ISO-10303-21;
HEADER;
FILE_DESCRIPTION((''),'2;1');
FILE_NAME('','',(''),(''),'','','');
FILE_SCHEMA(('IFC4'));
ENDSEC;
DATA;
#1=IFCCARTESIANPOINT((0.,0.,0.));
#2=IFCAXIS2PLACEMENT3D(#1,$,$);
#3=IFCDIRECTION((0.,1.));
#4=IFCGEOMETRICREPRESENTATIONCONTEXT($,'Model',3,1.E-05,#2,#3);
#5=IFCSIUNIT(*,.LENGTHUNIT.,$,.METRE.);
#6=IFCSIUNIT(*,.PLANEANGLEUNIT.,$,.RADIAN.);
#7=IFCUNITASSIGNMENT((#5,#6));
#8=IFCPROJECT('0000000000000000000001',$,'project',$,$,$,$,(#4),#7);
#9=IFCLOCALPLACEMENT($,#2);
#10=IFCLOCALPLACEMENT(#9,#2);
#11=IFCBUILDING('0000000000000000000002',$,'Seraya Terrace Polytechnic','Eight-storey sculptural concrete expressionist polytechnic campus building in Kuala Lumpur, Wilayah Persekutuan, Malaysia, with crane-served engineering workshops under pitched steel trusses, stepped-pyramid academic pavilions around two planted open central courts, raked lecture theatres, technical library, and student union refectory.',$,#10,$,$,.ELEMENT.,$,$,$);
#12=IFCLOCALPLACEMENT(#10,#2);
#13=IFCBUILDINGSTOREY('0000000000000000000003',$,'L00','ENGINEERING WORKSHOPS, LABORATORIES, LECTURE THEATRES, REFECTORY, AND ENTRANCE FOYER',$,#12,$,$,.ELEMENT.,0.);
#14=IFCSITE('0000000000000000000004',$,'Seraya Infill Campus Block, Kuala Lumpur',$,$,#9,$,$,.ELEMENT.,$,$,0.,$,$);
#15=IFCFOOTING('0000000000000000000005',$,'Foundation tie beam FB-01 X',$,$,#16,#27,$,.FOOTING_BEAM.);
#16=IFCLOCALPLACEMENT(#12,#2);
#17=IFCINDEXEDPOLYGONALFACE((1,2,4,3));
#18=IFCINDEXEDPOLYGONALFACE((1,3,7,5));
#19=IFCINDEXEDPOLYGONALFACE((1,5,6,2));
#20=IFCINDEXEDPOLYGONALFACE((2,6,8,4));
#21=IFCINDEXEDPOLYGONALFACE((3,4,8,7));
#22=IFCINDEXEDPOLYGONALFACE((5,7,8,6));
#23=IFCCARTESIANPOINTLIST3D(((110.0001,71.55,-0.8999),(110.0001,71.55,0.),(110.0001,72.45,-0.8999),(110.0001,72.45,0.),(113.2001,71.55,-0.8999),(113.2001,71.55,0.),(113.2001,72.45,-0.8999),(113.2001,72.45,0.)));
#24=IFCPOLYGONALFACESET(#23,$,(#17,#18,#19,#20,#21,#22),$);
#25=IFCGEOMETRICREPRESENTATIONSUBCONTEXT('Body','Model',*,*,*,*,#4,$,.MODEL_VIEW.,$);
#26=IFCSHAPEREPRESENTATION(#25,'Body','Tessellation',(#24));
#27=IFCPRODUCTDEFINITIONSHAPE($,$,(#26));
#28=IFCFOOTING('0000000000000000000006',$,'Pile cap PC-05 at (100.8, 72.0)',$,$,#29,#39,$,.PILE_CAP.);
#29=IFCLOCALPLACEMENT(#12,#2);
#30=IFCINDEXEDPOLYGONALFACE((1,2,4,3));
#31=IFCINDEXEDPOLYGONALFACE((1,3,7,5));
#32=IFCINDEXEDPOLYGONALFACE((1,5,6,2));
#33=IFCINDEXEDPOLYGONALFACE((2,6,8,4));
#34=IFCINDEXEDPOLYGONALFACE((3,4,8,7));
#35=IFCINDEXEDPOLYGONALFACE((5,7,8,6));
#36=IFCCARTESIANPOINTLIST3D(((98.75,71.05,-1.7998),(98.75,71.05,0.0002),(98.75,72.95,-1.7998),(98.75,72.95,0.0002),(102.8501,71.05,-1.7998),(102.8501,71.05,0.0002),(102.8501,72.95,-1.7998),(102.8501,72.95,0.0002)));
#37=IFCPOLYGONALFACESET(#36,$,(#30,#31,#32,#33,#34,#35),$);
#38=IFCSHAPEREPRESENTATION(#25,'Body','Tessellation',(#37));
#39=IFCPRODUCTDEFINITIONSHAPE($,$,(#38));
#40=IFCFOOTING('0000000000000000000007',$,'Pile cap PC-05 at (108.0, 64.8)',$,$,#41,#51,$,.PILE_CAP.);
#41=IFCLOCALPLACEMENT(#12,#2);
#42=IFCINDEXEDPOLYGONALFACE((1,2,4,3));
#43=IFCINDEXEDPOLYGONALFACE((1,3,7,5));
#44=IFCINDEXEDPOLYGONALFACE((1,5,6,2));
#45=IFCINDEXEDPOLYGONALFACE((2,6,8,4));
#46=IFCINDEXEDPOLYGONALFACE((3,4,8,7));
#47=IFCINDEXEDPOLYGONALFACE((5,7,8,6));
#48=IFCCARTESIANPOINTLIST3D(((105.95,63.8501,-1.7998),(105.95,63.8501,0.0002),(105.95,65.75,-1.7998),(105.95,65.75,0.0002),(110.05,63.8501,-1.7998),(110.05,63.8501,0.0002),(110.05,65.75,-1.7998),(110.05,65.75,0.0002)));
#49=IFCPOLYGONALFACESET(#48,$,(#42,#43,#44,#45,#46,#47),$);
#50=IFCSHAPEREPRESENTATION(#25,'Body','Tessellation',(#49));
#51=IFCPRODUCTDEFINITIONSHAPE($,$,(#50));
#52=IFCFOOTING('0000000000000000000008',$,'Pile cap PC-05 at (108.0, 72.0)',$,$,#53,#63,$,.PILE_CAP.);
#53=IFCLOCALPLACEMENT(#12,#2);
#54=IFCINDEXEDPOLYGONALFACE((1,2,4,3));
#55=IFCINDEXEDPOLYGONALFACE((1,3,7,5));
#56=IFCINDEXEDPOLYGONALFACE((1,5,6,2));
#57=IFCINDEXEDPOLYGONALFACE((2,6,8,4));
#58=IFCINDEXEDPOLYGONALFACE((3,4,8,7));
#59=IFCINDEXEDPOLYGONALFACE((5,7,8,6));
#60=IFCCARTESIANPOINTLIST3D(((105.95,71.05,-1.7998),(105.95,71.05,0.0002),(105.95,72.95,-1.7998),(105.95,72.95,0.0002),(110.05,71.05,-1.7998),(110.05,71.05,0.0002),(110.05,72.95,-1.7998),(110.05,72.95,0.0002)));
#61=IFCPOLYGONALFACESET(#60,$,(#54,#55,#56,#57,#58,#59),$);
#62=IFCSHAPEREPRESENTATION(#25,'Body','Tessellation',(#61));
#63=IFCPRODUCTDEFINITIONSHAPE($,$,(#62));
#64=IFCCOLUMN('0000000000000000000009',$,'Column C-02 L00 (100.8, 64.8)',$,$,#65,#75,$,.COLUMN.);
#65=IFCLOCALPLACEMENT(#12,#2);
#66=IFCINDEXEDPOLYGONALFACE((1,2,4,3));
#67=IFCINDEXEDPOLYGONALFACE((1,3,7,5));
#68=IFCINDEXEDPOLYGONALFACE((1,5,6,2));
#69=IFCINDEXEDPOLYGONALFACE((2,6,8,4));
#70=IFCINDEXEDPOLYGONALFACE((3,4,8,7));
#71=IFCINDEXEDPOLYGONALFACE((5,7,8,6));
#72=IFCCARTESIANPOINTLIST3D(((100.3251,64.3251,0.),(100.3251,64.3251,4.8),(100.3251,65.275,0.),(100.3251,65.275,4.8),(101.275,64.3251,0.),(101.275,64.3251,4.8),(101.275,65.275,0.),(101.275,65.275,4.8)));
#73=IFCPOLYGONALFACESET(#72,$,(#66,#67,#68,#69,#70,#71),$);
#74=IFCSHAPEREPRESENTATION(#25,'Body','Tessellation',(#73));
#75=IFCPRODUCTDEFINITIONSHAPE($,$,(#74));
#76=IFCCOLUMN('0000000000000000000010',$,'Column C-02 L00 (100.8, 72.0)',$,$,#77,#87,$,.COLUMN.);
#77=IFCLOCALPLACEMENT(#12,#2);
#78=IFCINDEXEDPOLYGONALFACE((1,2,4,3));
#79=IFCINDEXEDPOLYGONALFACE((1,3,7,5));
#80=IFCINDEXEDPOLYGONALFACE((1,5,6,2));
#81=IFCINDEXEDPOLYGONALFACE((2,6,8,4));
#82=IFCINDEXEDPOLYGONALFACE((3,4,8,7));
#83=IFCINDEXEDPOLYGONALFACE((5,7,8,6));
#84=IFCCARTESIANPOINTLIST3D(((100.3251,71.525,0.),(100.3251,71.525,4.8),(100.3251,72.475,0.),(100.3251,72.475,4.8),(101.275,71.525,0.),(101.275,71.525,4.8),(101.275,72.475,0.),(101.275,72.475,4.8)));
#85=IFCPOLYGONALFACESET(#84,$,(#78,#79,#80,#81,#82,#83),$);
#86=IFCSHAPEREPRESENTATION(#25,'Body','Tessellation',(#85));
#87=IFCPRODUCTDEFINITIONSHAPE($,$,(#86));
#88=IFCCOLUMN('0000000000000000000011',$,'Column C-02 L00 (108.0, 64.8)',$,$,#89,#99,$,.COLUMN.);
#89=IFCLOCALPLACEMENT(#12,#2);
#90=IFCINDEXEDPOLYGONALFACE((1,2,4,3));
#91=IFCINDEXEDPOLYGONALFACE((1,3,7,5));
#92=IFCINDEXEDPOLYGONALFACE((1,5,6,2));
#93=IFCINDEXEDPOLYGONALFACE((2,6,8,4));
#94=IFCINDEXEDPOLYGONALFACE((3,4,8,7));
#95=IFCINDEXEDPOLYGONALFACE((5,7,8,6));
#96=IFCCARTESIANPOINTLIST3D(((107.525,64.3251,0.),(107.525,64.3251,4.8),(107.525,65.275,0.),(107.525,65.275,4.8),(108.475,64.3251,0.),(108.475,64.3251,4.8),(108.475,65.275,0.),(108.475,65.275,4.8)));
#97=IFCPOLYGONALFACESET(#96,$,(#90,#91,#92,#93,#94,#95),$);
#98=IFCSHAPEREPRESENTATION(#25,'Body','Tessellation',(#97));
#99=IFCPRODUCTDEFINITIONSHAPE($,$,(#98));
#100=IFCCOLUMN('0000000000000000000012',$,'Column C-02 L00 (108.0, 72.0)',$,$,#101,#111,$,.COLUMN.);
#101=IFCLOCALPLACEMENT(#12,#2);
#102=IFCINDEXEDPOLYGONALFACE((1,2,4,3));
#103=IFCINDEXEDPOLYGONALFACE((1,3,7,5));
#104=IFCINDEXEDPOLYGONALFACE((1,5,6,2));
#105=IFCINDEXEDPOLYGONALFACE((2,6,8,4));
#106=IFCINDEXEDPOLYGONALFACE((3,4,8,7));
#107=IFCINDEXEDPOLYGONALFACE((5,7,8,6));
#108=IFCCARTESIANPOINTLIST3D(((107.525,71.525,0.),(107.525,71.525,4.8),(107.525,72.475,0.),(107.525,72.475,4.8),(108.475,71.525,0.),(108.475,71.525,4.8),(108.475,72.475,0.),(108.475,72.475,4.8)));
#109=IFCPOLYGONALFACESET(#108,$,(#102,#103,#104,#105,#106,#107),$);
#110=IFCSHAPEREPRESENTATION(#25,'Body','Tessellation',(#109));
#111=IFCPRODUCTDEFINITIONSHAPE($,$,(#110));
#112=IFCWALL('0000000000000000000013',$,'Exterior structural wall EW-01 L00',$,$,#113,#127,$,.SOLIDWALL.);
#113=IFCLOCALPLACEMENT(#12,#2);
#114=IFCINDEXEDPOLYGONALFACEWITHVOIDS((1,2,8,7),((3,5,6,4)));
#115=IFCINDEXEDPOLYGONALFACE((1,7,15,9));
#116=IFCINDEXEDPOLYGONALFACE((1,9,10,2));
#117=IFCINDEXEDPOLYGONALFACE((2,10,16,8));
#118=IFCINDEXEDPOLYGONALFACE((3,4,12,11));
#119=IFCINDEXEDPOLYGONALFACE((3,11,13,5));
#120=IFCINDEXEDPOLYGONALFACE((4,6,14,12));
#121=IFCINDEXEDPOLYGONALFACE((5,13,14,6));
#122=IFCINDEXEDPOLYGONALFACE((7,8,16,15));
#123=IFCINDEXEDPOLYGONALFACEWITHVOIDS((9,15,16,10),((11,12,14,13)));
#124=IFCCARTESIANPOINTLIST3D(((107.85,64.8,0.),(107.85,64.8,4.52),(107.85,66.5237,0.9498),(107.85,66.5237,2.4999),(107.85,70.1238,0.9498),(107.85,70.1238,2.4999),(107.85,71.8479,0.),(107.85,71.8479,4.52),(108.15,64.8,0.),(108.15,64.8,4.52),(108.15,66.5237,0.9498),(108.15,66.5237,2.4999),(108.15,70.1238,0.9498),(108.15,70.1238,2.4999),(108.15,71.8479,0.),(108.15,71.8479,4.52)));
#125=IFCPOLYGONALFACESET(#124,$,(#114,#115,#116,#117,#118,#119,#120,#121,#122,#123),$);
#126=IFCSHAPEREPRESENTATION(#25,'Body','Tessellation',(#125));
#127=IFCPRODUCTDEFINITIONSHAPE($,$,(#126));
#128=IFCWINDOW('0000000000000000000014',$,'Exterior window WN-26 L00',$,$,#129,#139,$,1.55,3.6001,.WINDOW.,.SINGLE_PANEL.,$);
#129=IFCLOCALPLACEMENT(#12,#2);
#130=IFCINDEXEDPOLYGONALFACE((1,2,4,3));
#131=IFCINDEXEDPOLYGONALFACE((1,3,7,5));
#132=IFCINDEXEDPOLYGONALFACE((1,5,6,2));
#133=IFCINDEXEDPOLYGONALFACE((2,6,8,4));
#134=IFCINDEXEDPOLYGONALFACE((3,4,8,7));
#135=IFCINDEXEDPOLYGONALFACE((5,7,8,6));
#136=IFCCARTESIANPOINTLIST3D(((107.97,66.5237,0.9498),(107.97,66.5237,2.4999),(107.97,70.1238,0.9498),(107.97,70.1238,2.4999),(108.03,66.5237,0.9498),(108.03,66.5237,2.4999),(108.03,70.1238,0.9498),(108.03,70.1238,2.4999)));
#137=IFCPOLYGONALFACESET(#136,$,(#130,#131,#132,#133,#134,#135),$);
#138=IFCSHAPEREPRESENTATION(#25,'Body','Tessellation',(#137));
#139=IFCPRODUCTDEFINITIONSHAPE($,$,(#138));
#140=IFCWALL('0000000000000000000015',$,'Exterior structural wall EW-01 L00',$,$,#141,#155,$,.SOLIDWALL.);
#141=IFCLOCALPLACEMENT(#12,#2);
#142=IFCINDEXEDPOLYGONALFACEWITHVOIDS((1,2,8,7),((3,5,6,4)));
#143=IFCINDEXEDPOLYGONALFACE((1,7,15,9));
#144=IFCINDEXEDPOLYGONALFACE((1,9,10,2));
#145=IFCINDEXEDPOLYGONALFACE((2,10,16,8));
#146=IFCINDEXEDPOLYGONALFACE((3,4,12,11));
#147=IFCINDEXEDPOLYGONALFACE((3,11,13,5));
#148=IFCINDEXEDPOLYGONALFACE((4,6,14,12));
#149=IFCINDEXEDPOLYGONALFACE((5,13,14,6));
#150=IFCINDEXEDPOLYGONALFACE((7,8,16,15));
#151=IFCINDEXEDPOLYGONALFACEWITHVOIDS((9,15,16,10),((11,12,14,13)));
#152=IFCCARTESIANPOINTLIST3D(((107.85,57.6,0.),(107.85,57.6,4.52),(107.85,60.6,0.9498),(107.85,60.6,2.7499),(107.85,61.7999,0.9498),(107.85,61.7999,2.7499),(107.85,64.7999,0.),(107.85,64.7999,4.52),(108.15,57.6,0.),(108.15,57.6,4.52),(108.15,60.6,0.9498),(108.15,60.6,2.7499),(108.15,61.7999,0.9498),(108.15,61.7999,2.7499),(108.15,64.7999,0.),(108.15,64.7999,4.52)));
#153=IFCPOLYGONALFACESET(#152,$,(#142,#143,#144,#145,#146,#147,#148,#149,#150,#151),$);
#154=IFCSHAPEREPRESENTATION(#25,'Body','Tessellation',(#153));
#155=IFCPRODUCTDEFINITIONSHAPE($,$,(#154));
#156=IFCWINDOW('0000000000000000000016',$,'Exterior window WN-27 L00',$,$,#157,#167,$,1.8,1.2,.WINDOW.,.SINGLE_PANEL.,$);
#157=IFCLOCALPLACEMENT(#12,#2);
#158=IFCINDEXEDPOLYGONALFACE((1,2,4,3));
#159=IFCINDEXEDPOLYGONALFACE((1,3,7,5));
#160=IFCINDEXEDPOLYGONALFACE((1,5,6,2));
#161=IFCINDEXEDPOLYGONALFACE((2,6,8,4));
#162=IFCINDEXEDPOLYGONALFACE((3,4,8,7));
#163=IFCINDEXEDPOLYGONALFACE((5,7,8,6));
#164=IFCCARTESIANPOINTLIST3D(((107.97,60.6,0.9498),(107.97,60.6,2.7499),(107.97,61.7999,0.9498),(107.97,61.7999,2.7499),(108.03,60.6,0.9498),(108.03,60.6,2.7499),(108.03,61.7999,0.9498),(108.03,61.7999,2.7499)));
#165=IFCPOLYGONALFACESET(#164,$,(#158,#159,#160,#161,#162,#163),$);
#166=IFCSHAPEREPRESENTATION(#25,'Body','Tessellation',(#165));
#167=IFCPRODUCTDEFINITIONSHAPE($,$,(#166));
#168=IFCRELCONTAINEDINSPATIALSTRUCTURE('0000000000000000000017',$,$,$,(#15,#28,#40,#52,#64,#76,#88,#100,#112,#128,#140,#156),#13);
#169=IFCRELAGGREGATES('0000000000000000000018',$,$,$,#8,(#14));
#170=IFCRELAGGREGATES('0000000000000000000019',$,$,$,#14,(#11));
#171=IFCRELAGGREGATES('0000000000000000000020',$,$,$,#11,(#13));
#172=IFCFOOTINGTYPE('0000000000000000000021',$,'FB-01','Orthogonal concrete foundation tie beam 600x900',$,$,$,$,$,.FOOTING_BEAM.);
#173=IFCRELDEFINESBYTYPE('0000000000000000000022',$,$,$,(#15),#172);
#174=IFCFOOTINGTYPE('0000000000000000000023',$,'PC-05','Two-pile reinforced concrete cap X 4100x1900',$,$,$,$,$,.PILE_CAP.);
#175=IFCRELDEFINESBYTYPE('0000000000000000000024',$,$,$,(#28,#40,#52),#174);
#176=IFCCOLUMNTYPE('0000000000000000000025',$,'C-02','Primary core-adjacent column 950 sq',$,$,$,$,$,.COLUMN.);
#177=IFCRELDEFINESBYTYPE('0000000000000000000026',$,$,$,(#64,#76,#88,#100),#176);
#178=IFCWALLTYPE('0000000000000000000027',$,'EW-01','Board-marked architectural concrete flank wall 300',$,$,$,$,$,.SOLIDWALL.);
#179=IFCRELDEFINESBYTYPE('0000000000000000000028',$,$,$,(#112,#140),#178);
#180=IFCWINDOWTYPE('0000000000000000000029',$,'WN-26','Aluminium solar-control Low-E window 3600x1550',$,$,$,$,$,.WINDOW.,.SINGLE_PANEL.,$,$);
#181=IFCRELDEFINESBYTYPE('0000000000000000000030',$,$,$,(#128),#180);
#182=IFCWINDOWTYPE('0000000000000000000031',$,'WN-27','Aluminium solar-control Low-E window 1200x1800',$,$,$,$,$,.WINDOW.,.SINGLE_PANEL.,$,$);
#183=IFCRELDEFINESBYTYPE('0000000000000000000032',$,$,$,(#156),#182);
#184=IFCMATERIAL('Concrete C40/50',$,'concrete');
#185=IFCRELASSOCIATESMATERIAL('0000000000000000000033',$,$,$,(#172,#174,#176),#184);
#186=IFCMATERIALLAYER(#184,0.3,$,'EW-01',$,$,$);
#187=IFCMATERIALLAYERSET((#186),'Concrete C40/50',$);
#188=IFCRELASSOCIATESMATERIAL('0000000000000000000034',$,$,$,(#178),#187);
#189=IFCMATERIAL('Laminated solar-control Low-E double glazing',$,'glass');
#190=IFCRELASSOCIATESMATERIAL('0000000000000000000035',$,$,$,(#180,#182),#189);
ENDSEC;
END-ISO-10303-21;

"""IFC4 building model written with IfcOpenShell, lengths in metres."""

from ifc_helpers import new_model, si_unit, direction, frame, frame_2d, origin, origin_2d, place, context, subcontext, project, spatial, rectangle, extrude, material, layer, layer_set, material_profile, profile_set, type_object, element, fill, save


model = new_model("IFC4")

# Units and contexts
model_context = context("Model", 3, precision=1e-05, world=origin(), true_north=direction((0.0, 1.0)))
body_context = subcontext(model_context, "Body", "Model", "MODEL_VIEW")
ifc_project = project(units=[si_unit("LENGTHUNIT", "METRE"), si_unit("PLANEANGLEUNIT", "RADIAN")], contexts=[model_context])

# Site, building, storey
site_placement = place(None, origin())
site = spatial("IfcSite", under=ifc_project, at=site_placement, Name="Seraya Infill Campus Block, Kuala Lumpur", CompositionType="ELEMENT", RefElevation=0.0)
building_placement = place(site_placement, origin())
building = spatial("IfcBuilding", under=site, at=building_placement, Name="Seraya Terrace Polytechnic", Description="Eight-storey sculptural concrete expressionist polytechnic campus building in Kuala Lumpur, Wilayah Persekutuan, Malaysia, with crane-served engineering workshops under pitched steel trusses, stepped-pyramid academic pavilions around two planted open central courts, raked lecture theatres, technical library, and student union refectory.", CompositionType="ELEMENT")
storey_placement = place(building_placement, origin())
storey = spatial("IfcBuildingStorey", under=building, at=storey_placement, Name="L00", Description="ENGINEERING WORKSHOPS, LABORATORIES, LECTURE THEATRES, REFECTORY, AND ENTRANCE FOYER", CompositionType="ELEMENT", Elevation=0.0)

# Shared definitions
ifc_material_1 = material(Name="Concrete C40/50", Category="concrete")

# Footings
footing_type_1 = type_object("IfcFootingType", Name="FB-01", Description="Orthogonal concrete foundation tie beam 600x900", PredefinedType="FOOTING_BEAM", material=ifc_material_1)
footing_1_placement = place(storey_placement, frame((111.6001, 72.0, -0.8999), z_axis=(0.0, 0.0, 1.0), x_axis=(1.0, 0.0, 0.0)))
element("IfcFooting", 1, at=footing_1_placement, inside=storey, type_object=footing_type_1, Name="Foundation tie beam FB-01 X", PredefinedType="FOOTING_BEAM", context=body_context, shape_type="SweptSolid", body=[
    extrude(rectangle(XDim=3.2, YDim=0.8999, at=origin_2d()), origin(), (0.0, 0.0, 1.0), 0.8999),
])
footing_type_2 = type_object("IfcFootingType", Name="PC-05", Description="Two-pile reinforced concrete cap X 4100x1900", PredefinedType="PILE_CAP", material=ifc_material_1)
for number, where, z_axis, x_axis, name in (
    (2, (100.8, 72.0, -1.7998), (0.0, 0.0, 1.0), (1.0, 0.0, 0.0), "Pile cap PC-05 at (100.8, 72.0)"),
    (3, (108.0, 64.8, -1.7998), (0.0, 0.0, 1.0), (1.0, 0.0, 0.0), "Pile cap PC-05 at (108.0, 64.8)"),
    (4, (108.0, 72.0, -1.7998), (0.0, 0.0, 1.0), (1.0, 0.0, 0.0), "Pile cap PC-05 at (108.0, 72.0)"),
):
    element("IfcFooting", number, at=place(storey_placement, frame(where, z_axis=z_axis, x_axis=x_axis)), inside=storey, type_object=footing_type_2, Name=name, PredefinedType="PILE_CAP", context=body_context, shape_type="SweptSolid", body=[
        extrude(rectangle(XDim=4.1001, YDim=1.8999, at=origin_2d()), origin(), (0.0, 0.0, 1.0), 1.8),
    ])

# Columns
ifc_material_profile_1 = material_profile(ifc_material_1, rectangle(XDim=0.95, YDim=0.95, at=origin_2d()), Name="RC 950x950")
ifc_profile_set_1 = profile_set([ifc_material_profile_1], Name="Concrete C40/50")
column_type = type_object("IfcColumnType", Name="C-02", Description="Primary core-adjacent column 950 sq", PredefinedType="COLUMN", material=ifc_profile_set_1)
for number, where, z_axis, x_axis, name in (
    (5, (100.8, 64.8, 0.0), (0.0, 0.0, 1.0), (1.0, 0.0, 0.0), "Column C-02 L00 (100.8, 64.8)"),
    (6, (100.8, 72.0, 0.0), (0.0, 0.0, 1.0), (1.0, 0.0, 0.0), "Column C-02 L00 (100.8, 72.0)"),
    (7, (108.0, 64.8, 0.0), (0.0, 0.0, 1.0), (1.0, 0.0, 0.0), "Column C-02 L00 (108.0, 64.8)"),
    (8, (108.0, 72.0, 0.0), (0.0, 0.0, 1.0), (1.0, 0.0, 0.0), "Column C-02 L00 (108.0, 72.0)"),
):
    element("IfcColumn", number, at=place(storey_placement, frame(where, z_axis=z_axis, x_axis=x_axis)), inside=storey, type_object=column_type, Name=name, PredefinedType="COLUMN", context=body_context, shape_type="SweptSolid", body=[
        extrude(rectangle(XDim=0.95, YDim=0.95, at=origin_2d()), origin(), (0.0, 0.0, 1.0), 4.8),
    ])

# Walls, openings, windows
ifc_layer = layer(ifc_material_1, 0.3, Name="EW-01")
ifc_layer_set = layer_set([ifc_layer], Name="Concrete C40/50")
wall_type = type_object("IfcWallType", Name="EW-01", Description="Board-marked architectural concrete flank wall 300", PredefinedType="SOLIDWALL", material=ifc_layer_set)
wall_1_placement = place(storey_placement, frame((108.0, 71.8479, 0.0), z_axis=(0.0, 0.0, 1.0), x_axis=(0.0, -1.0, 0.0)))
wall_1 = element("IfcWall", 9, at=wall_1_placement, inside=storey, type_object=wall_type, Name="Exterior structural wall EW-01 L00", PredefinedType="SOLIDWALL", context=body_context, shape_type="SweptSolid", body=[
    extrude(rectangle(XDim=7.0479, YDim=0.3, at=frame_2d((3.5239, 0.0))), origin(), (0.0, 0.0, 1.0), 4.52),
])
opening_1_placement = place(wall_1_placement, frame((1.7241, 0.0, 0.95)))
opening_1 = element("IfcOpeningElement", 10, at=opening_1_placement, cuts=wall_1, PredefinedType="OPENING", context=body_context, shape_type="SweptSolid", body=[
    extrude(rectangle(XDim=3.6001, YDim=1.55, at=frame_2d((1.8, 0.7749))), frame((0.0, 0.1621, 0.0), z_axis=(0.0, -1.0, 0.0), x_axis=(1.0, 0.0, 0.0)), (0.0, 0.0, 1.0), 0.324),
])
ifc_material_2 = material(Name="Laminated solar-control Low-E double glazing", Category="glass")
window_type_1 = type_object("IfcWindowType", Name="WN-26", Description="Aluminium solar-control Low-E window 3600x1550", PartitioningType="SINGLE_PANEL", PredefinedType="WINDOW", material=ifc_material_2)
window_1_placement = place(opening_1_placement, origin())
window_1 = element("IfcWindow", 11, at=window_1_placement, inside=storey, type_object=window_type_1, Name="Exterior window WN-26 L00", OverallHeight=1.55, OverallWidth=3.6001, PartitioningType="SINGLE_PANEL", PredefinedType="WINDOW", context=body_context, shape_type="SweptSolid", body=[
    extrude(rectangle(XDim=3.6001, YDim=1.55, at=frame_2d((1.8, 0.7749))), frame((0.0, 0.03, 0.0), z_axis=(0.0, -1.0, 0.0), x_axis=(1.0, 0.0, 0.0)), (0.0, 0.0, 1.0), 0.0601),
])
fill(opening_1, window_1)
wall_2_placement = place(storey_placement, frame((108.0, 64.8, 0.0), z_axis=(0.0, 0.0, 1.0), x_axis=(0.0, -1.0, 0.0)))
wall_2 = element("IfcWall", 12, at=wall_2_placement, inside=storey, type_object=wall_type, Name="Exterior structural wall EW-01 L00", PredefinedType="SOLIDWALL", context=body_context, shape_type="SweptSolid", body=[
    extrude(rectangle(XDim=7.2, YDim=0.3, at=frame_2d((3.6001, 0.0))), origin(), (0.0, 0.0, 1.0), 4.52),
])
opening_2_placement = place(wall_2_placement, frame((3.0, 0.0, 0.95)))
opening_2 = element("IfcOpeningElement", 13, at=opening_2_placement, cuts=wall_2, PredefinedType="OPENING", context=body_context, shape_type="SweptSolid", body=[
    extrude(rectangle(XDim=1.2, YDim=1.8, at=frame_2d((0.6001, 0.8999))), frame((0.0, 0.1621, 0.0), z_axis=(0.0, -1.0, 0.0), x_axis=(1.0, 0.0, 0.0)), (0.0, 0.0, 1.0), 0.324),
])
window_type_2 = type_object("IfcWindowType", Name="WN-27", Description="Aluminium solar-control Low-E window 1200x1800", PartitioningType="SINGLE_PANEL", PredefinedType="WINDOW", material=ifc_material_2)
window_2_placement = place(opening_2_placement, origin())
window_2 = element("IfcWindow", 14, at=window_2_placement, inside=storey, type_object=window_type_2, Name="Exterior window WN-27 L00", OverallHeight=1.8, OverallWidth=1.2, PartitioningType="SINGLE_PANEL", PredefinedType="WINDOW", context=body_context, shape_type="SweptSolid", body=[
    extrude(rectangle(XDim=1.2, YDim=1.8, at=frame_2d((0.6001, 0.8999))), frame((0.0, 0.03, 0.0), z_axis=(0.0, -1.0, 0.0), x_axis=(1.0, 0.0, 0.0)), (0.0, 0.0, 1.0), 0.0601),
])
fill(opening_2, window_2)

save(model, "model.ifc")
